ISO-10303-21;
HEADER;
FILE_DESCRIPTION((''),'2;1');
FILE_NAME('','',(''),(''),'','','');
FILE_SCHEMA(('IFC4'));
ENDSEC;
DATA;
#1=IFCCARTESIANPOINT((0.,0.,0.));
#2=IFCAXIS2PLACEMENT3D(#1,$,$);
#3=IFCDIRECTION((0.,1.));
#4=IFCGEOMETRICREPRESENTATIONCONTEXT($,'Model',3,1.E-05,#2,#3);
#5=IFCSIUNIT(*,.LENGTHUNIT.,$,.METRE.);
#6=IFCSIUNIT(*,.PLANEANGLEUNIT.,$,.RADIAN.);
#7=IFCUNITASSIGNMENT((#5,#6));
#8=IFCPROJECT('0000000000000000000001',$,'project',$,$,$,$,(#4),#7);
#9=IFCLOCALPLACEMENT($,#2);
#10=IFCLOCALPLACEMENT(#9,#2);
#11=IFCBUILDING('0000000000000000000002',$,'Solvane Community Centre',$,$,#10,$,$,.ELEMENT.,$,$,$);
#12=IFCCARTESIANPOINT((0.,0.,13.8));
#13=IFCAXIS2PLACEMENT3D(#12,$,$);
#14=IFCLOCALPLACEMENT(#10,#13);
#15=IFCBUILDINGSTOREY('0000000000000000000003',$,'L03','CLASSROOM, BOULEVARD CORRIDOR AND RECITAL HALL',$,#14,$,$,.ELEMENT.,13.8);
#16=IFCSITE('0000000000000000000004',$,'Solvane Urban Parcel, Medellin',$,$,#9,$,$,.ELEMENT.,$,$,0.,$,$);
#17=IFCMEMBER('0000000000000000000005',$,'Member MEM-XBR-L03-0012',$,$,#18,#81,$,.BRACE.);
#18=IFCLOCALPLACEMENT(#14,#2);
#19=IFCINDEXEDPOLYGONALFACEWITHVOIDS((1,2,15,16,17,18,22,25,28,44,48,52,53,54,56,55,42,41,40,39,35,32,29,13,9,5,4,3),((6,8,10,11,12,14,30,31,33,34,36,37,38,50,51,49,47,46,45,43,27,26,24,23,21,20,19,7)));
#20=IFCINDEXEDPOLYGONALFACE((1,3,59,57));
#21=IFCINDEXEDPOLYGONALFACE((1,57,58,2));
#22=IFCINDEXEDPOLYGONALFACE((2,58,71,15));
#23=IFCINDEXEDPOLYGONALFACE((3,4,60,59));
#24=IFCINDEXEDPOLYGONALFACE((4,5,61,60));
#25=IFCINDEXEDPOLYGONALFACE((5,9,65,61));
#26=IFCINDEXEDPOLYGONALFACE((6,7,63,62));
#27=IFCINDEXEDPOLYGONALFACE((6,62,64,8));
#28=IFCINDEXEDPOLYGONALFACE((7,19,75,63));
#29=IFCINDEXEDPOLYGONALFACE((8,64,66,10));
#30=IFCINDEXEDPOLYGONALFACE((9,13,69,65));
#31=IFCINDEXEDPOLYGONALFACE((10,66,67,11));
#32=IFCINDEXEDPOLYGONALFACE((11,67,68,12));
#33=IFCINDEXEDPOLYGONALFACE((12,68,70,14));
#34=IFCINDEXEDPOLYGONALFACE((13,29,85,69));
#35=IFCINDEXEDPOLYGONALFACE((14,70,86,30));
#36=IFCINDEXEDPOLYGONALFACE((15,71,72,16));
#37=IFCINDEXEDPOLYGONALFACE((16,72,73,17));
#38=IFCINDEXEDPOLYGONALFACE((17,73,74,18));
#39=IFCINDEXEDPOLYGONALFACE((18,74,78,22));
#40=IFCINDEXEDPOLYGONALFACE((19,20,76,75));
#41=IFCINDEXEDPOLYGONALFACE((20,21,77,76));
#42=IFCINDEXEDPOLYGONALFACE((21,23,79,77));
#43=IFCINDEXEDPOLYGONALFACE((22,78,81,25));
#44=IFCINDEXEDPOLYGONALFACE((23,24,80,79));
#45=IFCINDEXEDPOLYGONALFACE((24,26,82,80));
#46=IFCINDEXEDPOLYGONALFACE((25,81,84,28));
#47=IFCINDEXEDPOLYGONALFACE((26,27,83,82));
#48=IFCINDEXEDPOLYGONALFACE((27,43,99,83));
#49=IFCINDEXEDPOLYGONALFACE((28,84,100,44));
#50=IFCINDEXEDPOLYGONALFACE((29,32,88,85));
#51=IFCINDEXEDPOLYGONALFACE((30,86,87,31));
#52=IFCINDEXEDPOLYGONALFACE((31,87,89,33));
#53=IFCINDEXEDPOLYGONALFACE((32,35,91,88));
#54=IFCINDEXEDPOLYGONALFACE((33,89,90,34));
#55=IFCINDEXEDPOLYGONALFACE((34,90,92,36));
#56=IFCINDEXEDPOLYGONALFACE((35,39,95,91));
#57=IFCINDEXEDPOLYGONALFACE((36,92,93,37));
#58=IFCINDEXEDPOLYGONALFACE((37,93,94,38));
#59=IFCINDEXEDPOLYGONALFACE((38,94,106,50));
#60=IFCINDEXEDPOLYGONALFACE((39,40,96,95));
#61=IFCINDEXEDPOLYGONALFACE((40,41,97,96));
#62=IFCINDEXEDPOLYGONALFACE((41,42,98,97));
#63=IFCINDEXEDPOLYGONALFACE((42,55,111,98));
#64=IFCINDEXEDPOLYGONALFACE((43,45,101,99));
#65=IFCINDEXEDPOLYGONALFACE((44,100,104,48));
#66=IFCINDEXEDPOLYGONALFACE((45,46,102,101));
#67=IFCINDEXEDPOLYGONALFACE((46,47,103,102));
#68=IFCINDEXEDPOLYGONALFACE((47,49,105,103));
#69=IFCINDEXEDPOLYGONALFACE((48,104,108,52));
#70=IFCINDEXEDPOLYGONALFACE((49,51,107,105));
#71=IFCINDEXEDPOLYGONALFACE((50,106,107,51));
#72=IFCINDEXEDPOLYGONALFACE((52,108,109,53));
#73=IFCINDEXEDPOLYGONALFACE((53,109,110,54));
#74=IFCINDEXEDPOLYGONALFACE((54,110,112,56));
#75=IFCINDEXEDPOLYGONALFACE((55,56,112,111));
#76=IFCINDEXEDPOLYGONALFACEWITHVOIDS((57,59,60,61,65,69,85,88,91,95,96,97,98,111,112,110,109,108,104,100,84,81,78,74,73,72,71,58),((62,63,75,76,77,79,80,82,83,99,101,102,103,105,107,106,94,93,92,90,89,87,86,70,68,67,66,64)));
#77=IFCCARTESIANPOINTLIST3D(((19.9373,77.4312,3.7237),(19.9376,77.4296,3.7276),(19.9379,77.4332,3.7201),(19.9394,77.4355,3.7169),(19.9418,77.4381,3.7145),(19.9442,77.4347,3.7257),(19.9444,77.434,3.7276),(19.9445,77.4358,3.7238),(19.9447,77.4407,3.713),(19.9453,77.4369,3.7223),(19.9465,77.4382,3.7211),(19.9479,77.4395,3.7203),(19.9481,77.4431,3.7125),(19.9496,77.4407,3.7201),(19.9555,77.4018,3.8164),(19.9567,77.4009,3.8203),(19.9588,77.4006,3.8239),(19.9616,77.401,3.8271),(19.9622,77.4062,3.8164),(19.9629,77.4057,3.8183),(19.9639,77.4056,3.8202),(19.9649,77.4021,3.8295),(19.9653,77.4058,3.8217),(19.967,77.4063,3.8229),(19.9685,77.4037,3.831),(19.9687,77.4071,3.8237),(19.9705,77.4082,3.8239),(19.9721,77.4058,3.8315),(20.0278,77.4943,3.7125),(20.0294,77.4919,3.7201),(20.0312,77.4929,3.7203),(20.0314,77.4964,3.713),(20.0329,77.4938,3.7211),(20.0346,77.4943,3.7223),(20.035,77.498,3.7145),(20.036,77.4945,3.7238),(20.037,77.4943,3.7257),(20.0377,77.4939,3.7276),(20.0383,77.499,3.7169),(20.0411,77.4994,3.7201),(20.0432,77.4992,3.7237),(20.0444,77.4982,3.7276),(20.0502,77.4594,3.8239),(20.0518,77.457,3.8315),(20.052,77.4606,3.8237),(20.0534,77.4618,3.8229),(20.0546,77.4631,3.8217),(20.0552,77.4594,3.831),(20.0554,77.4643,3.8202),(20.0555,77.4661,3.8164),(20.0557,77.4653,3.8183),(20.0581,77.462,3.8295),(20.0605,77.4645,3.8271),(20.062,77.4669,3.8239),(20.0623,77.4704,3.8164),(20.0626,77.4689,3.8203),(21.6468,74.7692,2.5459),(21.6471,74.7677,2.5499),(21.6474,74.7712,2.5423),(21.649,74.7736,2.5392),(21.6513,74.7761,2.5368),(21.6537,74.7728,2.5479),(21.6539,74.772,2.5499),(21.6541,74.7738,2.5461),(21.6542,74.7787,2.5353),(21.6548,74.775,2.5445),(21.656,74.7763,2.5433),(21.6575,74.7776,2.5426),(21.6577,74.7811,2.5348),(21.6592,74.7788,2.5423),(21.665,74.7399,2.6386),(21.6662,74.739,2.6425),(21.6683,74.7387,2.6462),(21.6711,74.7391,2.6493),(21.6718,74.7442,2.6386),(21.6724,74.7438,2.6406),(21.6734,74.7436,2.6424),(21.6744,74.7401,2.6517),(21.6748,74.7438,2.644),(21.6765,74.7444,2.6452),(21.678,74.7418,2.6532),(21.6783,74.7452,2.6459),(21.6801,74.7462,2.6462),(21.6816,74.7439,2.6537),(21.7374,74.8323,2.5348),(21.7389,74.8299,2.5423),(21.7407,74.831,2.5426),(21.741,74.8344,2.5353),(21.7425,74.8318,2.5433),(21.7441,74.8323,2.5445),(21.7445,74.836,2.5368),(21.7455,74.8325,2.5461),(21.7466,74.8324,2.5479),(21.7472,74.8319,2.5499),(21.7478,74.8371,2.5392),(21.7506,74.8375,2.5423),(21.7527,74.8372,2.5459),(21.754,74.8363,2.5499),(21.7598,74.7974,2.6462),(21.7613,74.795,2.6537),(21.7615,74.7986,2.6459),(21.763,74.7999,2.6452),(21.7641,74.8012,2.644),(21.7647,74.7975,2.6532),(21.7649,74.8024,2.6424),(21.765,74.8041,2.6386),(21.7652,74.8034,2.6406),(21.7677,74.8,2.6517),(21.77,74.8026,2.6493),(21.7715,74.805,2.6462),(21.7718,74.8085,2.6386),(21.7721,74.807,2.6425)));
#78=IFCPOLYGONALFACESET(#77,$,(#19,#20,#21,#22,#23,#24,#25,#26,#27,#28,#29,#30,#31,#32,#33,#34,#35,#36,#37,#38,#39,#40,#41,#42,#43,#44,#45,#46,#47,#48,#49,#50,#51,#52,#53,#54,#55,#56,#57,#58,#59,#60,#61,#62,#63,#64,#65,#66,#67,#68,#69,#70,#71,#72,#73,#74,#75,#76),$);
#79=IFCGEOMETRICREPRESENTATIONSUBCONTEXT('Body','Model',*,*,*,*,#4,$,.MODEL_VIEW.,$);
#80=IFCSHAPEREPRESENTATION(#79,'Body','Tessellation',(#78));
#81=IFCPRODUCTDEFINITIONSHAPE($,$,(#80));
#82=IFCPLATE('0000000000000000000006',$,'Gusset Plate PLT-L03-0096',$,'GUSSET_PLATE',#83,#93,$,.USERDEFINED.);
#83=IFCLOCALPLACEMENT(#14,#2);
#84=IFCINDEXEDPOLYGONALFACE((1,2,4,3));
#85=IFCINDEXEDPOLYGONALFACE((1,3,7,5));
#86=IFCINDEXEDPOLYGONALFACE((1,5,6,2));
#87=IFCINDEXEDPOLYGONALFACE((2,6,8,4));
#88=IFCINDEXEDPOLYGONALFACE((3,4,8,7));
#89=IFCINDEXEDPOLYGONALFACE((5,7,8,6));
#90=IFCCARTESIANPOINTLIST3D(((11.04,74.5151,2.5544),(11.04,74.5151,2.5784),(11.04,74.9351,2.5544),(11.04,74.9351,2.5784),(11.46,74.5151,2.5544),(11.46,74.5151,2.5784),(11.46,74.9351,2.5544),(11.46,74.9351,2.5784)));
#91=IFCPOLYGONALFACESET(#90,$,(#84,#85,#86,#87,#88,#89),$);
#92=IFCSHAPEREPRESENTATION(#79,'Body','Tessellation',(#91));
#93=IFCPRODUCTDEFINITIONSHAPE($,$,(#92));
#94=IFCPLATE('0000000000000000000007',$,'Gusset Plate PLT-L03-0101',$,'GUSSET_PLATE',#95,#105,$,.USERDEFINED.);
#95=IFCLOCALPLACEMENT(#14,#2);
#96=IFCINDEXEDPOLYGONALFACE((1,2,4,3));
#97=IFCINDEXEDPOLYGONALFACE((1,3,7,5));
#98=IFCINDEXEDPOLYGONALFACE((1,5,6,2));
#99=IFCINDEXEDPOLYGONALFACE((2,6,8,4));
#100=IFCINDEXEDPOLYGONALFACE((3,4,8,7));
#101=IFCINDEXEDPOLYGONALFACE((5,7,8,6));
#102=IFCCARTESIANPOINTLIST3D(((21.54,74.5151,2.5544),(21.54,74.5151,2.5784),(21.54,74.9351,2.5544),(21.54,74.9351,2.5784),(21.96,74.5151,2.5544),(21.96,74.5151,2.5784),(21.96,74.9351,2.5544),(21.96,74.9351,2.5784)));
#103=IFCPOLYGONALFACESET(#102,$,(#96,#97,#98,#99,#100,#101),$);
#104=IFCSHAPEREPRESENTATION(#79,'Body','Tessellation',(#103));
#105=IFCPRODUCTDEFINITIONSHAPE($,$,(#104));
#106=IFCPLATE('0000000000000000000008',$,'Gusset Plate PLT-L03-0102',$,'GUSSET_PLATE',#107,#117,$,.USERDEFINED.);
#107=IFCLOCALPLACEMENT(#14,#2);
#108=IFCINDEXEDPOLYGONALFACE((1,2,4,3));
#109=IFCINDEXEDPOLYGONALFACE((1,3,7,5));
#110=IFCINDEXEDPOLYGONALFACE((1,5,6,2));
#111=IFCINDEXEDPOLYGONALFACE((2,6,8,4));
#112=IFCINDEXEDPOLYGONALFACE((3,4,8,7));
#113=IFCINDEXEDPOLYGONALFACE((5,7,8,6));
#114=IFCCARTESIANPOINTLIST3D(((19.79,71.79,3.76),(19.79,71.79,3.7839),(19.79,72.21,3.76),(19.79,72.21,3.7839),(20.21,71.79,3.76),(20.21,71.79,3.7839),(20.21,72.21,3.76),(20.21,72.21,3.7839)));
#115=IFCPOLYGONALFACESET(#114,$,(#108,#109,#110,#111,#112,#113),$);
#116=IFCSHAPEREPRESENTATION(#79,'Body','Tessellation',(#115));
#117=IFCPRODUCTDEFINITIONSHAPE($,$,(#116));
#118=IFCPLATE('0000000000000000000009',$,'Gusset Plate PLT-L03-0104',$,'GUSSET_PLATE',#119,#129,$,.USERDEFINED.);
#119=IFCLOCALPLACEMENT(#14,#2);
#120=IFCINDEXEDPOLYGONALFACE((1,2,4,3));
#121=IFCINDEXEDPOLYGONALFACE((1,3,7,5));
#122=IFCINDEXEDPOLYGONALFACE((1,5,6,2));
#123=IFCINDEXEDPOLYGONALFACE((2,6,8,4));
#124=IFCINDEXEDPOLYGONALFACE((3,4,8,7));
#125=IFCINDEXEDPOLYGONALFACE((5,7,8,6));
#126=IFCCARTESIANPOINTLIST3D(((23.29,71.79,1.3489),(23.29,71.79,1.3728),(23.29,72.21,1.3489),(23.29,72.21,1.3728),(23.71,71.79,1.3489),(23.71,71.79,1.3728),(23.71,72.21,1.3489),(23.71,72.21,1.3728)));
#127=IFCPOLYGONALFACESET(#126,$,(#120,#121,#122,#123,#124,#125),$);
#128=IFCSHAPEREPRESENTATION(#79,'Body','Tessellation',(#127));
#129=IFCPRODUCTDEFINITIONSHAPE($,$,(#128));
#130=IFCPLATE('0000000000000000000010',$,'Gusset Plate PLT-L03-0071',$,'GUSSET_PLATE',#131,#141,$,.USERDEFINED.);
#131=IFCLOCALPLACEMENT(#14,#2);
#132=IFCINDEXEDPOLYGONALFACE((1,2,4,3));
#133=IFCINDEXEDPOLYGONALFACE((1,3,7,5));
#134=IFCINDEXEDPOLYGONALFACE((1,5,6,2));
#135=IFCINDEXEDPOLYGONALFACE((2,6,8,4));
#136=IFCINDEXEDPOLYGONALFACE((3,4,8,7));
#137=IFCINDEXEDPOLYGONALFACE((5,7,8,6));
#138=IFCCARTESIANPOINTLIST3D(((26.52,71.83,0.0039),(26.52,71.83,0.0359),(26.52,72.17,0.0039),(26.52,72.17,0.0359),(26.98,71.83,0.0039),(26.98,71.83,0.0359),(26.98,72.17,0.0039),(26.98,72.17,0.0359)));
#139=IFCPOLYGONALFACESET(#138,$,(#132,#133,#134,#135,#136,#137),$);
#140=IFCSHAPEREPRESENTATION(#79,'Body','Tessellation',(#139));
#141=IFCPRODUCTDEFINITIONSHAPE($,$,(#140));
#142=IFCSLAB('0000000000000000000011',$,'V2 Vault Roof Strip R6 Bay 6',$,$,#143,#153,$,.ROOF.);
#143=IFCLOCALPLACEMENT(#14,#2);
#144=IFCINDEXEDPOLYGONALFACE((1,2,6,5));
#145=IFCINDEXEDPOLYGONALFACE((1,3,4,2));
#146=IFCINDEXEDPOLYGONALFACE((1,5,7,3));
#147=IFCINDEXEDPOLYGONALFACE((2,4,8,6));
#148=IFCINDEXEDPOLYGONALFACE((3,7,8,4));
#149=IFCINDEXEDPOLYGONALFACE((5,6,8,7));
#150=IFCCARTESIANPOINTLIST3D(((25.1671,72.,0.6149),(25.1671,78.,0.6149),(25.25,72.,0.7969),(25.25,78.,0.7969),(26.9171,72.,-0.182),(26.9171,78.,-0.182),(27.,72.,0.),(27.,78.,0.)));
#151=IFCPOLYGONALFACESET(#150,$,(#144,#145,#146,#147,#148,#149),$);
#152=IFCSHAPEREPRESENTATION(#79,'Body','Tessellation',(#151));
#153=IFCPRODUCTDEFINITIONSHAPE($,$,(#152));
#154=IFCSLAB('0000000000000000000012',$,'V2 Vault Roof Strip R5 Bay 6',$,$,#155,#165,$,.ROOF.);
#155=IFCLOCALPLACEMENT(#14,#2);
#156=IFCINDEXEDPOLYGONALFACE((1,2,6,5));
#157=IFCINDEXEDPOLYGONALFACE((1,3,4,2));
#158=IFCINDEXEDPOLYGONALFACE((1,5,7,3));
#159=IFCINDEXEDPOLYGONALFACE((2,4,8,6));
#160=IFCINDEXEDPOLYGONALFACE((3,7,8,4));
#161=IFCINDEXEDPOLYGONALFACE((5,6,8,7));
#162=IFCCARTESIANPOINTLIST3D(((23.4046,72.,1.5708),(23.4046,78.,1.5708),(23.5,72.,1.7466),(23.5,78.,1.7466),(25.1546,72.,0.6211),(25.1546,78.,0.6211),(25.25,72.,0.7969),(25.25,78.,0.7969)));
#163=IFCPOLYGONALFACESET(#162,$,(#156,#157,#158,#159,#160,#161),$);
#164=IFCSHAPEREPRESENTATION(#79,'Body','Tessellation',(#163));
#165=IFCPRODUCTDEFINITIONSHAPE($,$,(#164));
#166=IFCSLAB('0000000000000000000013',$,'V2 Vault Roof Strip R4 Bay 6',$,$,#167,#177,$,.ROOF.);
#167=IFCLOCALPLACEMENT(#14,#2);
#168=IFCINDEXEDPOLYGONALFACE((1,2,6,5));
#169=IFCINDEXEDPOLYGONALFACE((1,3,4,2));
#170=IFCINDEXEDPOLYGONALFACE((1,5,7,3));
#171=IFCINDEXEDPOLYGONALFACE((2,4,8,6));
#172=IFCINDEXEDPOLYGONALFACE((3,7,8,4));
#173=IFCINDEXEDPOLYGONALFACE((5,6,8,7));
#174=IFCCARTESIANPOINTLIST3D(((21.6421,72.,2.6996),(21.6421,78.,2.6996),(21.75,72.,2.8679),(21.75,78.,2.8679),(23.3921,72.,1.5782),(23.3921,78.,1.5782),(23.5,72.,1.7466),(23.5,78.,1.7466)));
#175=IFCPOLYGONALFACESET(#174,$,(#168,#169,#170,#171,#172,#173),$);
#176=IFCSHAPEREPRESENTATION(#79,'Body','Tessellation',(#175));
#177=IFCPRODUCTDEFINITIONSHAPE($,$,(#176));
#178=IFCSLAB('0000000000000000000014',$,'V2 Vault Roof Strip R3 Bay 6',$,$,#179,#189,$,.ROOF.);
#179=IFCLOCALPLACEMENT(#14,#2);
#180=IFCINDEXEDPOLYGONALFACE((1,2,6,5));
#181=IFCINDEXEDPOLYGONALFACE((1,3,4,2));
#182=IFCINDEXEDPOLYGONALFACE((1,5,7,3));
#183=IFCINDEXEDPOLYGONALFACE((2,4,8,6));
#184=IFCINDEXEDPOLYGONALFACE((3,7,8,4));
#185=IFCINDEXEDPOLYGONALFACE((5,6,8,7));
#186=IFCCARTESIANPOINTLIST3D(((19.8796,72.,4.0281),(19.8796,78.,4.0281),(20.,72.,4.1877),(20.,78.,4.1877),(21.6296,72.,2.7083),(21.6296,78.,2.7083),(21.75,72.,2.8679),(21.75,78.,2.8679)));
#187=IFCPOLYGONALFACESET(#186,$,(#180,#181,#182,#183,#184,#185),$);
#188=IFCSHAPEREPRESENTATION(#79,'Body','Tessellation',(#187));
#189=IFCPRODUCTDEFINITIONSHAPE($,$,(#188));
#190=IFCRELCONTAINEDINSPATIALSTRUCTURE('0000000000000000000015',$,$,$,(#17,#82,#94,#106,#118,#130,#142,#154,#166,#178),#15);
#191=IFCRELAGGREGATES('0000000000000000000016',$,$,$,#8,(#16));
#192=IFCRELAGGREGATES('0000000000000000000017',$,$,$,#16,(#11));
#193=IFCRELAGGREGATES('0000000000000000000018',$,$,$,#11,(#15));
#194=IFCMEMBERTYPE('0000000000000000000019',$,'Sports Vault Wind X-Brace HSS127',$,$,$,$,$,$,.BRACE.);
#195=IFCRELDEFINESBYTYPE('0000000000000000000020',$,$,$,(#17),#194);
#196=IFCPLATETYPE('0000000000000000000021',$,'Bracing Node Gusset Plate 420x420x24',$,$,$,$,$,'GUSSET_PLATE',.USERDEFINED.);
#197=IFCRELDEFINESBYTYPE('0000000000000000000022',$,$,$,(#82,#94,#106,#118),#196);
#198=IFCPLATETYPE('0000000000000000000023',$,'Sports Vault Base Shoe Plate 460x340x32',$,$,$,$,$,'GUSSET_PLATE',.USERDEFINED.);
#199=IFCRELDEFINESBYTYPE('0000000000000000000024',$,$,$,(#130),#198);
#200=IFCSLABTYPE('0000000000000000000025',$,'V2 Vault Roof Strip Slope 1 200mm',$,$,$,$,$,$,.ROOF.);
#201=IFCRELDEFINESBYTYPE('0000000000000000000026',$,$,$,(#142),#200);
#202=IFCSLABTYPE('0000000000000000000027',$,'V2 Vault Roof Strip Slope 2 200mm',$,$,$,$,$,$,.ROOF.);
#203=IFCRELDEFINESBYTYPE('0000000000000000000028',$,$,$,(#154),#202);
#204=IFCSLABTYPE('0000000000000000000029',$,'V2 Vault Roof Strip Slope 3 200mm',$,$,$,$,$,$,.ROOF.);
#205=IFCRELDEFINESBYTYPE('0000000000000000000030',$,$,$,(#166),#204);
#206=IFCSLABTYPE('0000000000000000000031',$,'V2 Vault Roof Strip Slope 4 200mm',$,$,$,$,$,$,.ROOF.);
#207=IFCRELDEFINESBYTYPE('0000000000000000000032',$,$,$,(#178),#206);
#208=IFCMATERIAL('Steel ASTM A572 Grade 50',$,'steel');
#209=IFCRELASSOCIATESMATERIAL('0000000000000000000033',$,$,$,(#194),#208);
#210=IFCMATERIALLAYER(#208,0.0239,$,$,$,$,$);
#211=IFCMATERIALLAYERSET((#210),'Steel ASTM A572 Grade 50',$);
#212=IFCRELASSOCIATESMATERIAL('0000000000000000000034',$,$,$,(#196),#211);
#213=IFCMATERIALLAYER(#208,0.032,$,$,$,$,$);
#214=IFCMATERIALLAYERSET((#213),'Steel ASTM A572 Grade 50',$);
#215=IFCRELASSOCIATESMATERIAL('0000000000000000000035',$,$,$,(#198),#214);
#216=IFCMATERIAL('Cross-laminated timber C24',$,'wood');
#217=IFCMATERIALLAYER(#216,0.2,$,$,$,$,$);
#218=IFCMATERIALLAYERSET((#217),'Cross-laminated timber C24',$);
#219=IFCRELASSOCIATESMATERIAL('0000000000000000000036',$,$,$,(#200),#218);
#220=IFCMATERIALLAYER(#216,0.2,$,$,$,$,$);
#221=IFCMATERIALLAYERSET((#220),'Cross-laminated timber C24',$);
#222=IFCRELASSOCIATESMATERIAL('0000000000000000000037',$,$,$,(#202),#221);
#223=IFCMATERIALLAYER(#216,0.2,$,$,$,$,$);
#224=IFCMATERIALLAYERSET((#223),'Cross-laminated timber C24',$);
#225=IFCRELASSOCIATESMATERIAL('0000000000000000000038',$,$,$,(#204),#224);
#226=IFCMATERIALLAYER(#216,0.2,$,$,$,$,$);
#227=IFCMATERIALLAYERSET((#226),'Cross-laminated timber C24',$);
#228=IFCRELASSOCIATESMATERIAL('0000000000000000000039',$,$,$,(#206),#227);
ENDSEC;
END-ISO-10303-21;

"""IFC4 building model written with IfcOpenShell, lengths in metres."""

from ifc_helpers import new_model, si_unit, direction, frame, origin, origin_2d, place, context, subcontext, project, spatial, polyline, rectangle, hollow_rectangle, outline, extrude, material, layer, layer_set, material_profile, profile_set, type_object, element, save


model = new_model("IFC4")

# Units and contexts
model_context = context("Model", 3, precision=1e-05, world=origin(), true_north=direction((0.0, 1.0)))
body_context = subcontext(model_context, "Body", "Model", "MODEL_VIEW")
ifc_project = project(units=[si_unit("LENGTHUNIT", "METRE"), si_unit("PLANEANGLEUNIT", "RADIAN")], contexts=[model_context])

# Site, building, storey
site_placement = place(None, origin())
site = spatial("IfcSite", under=ifc_project, at=site_placement, Name="Solvane Urban Parcel, Medellin", CompositionType="ELEMENT", RefElevation=0.0)
building_placement = place(site_placement, origin())
building = spatial("IfcBuilding", under=site, at=building_placement, Name="Solvane Community Centre", CompositionType="ELEMENT")
storey_placement = place(building_placement, frame((0.0, 0.0, 13.8)))
storey = spatial("IfcBuildingStorey", under=building, at=storey_placement, Name="L03", Description="CLASSROOM, BOULEVARD CORRIDOR AND RECITAL HALL", CompositionType="ELEMENT", Elevation=13.8)

# Member
ifc_material_1 = material(Name="Steel ASTM A572 Grade 50", Category="steel")
ifc_material_profile_1 = material_profile(ifc_material_1, hollow_rectangle(XDim=0.127, YDim=0.127, WallThickness=0.0081, InnerFilletRadius=0.0081, OuterFilletRadius=0.0161, at=origin_2d()), Name="HSS 127x127x8.0")
ifc_profile_set_1 = profile_set([ifc_material_profile_1], Name="Steel ASTM A572 Grade 50")
member_type_1 = type_object("IfcMemberType", Name="Sports Vault Wind X-Brace HSS127", PredefinedType="BRACE", material=ifc_profile_set_1)
for number, where, z_axis, x_axis, name in (
    (1, (21.7095, 74.7881, 2.5942), (-0.506416, 0.788553, 0.348893), (-0.841427, -0.540371, 0.0), "Member MEM-XBR-L03-0012"),
):
    element("IfcMember", number, at=place(storey_placement, frame(where, z_axis=z_axis, x_axis=x_axis)), inside=storey, type_object=member_type_1, Name=name, PredefinedType="BRACE", context=body_context, shape_type="SweptSolid", body=[
        extrude(hollow_rectangle(XDim=0.127, YDim=0.127, WallThickness=0.0081, InnerFilletRadius=0.0081, OuterFilletRadius=0.0161, at=origin_2d()), origin(), (0.0, 0.0, 1.0), 3.3757),
    ])

# Plates
ifc_layer_1 = layer(ifc_material_1, 0.0239)
ifc_layer_set_1 = layer_set([ifc_layer_1], Name="Steel ASTM A572 Grade 50")
plate_type_1 = type_object("IfcPlateType", Name="Bracing Node Gusset Plate 420x420x24", ElementType="GUSSET_PLATE", PredefinedType="USERDEFINED", material=ifc_layer_set_1)
for number, where, z_axis, x_axis, name in (
    (2, (11.25, 74.7251, 2.5544), (0.0, 0.0, 1.0), (1.0, 0.0, 0.0), "Gusset Plate PLT-L03-0096"),
    (3, (21.75, 74.7251, 2.5544), (0.0, 0.0, 1.0), (1.0, 0.0, 0.0), "Gusset Plate PLT-L03-0101"),
    (4, (20.0, 72.0, 3.76), (0.0, 0.0, 1.0), (1.0, 0.0, 0.0), "Gusset Plate PLT-L03-0102"),
    (5, (23.5, 72.0, 1.3489), (0.0, 0.0, 1.0), (1.0, 0.0, 0.0), "Gusset Plate PLT-L03-0104"),
):
    element("IfcPlate", number, at=place(storey_placement, frame(where, z_axis=z_axis, x_axis=x_axis)), inside=storey, type_object=plate_type_1, Name=name, ObjectType="GUSSET_PLATE", PredefinedType="USERDEFINED", context=body_context, shape_type="SweptSolid", body=[
        extrude(rectangle(XDim=0.4199, YDim=0.4199, at=origin_2d()), origin(), (0.0, 0.0, 1.0), 0.0239),
    ])
ifc_layer_2 = layer(ifc_material_1, 0.032)
ifc_layer_set_2 = layer_set([ifc_layer_2], Name="Steel ASTM A572 Grade 50")
plate_type_2 = type_object("IfcPlateType", Name="Sports Vault Base Shoe Plate 460x340x32", ElementType="GUSSET_PLATE", PredefinedType="USERDEFINED", material=ifc_layer_set_2)
plate_placement = place(storey_placement, frame((26.75, 72.0, 0.0039), z_axis=(0.0, 0.0, 1.0), x_axis=(1.0, 0.0, 0.0)))
element("IfcPlate", 6, at=plate_placement, inside=storey, type_object=plate_type_2, Name="Gusset Plate PLT-L03-0071", ObjectType="GUSSET_PLATE", PredefinedType="USERDEFINED", context=body_context, shape_type="SweptSolid", body=[
    extrude(rectangle(XDim=0.46, YDim=0.3401, at=origin_2d()), origin(), (0.0, 0.0, 1.0), 0.032),
])

# Slabs
ifc_material_2 = material(Name="Cross-laminated timber C24", Category="wood")
ifc_layer_3 = layer(ifc_material_2, 0.2)
ifc_layer_set_3 = layer_set([ifc_layer_3], Name="Cross-laminated timber C24")
slab_type_1 = type_object("IfcSlabType", Name="V2 Vault Roof Strip Slope 1 200mm", PredefinedType="ROOF", material=ifc_layer_set_3)
slab_1_placement = place(storey_placement, frame((25.25, 72.0, 0.7969), z_axis=(0.414415, 0.0, 0.910088), x_axis=(0.910088, 0.0, -0.414415)))
element("IfcSlab", 7, at=slab_1_placement, inside=storey, type_object=slab_type_1, Name="V2 Vault Roof Strip R6 Bay 6", PredefinedType="ROOF", context=body_context, shape_type="SweptSolid", body=[
    extrude(outline(polyline([(0.0, 0.0), (1.9229, 0.0), (1.9229, 6.0), (0.0, 6.0), (0.0, 0.0)])), origin(), (0.0, 0.0, -1.0), 0.2),
])
ifc_layer_4 = layer(ifc_material_2, 0.2)
ifc_layer_set_4 = layer_set([ifc_layer_4], Name="Cross-laminated timber C24")
slab_type_2 = type_object("IfcSlabType", Name="V2 Vault Roof Strip Slope 2 200mm", PredefinedType="ROOF", material=ifc_layer_set_4)
slab_2_placement = place(storey_placement, frame((23.5, 72.0, 1.7466), z_axis=(0.476978, 0.0, 0.878915), x_axis=(0.878915, 0.0, -0.476978)))
element("IfcSlab", 8, at=slab_2_placement, inside=storey, type_object=slab_type_2, Name="V2 Vault Roof Strip R5 Bay 6", PredefinedType="ROOF", context=body_context, shape_type="SweptSolid", body=[
    extrude(outline(polyline([(0.0, 0.0), (1.9911, 0.0), (1.9911, 6.0), (0.0, 6.0), (0.0, 0.0)])), origin(), (0.0, 0.0, -1.0), 0.2),
])
ifc_layer_5 = layer(ifc_material_2, 0.2)
ifc_layer_set_5 = layer_set([ifc_layer_5], Name="Cross-laminated timber C24")
slab_type_3 = type_object("IfcSlabType", Name="V2 Vault Roof Strip Slope 3 200mm", PredefinedType="ROOF", material=ifc_layer_set_5)
slab_3_placement = place(storey_placement, frame((21.75, 72.0, 2.8679), z_axis=(0.53951, 0.0, 0.841979), x_axis=(0.841979, 0.0, -0.53951)))
element("IfcSlab", 9, at=slab_3_placement, inside=storey, type_object=slab_type_3, Name="V2 Vault Roof Strip R4 Bay 6", PredefinedType="ROOF", context=body_context, shape_type="SweptSolid", body=[
    extrude(outline(polyline([(0.0, 0.0), (2.0784, 0.0), (2.0784, 6.0), (0.0, 6.0), (0.0, 0.0)])), origin(), (0.0, 0.0, -1.0), 0.2),
])
ifc_layer_6 = layer(ifc_material_2, 0.2)
ifc_layer_set_6 = layer_set([ifc_layer_6], Name="Cross-laminated timber C24")
slab_type_4 = type_object("IfcSlabType", Name="V2 Vault Roof Strip Slope 4 200mm", PredefinedType="ROOF", material=ifc_layer_set_6)
slab_4_placement = place(storey_placement, frame((20.0, 72.0, 4.1877), z_axis=(0.602136, 0.0, 0.798393), x_axis=(0.798393, 0.0, -0.602136)))
element("IfcSlab", 10, at=slab_4_placement, inside=storey, type_object=slab_type_4, Name="V2 Vault Roof Strip R3 Bay 6", PredefinedType="ROOF", context=body_context, shape_type="SweptSolid", body=[
    extrude(outline(polyline([(0.0, 0.0), (2.1919, 0.0), (2.1919, 6.0), (0.0, 6.0), (0.0, 0.0)])), origin(), (0.0, 0.0, -1.0), 0.2),
])

save(model, "model.ifc")
